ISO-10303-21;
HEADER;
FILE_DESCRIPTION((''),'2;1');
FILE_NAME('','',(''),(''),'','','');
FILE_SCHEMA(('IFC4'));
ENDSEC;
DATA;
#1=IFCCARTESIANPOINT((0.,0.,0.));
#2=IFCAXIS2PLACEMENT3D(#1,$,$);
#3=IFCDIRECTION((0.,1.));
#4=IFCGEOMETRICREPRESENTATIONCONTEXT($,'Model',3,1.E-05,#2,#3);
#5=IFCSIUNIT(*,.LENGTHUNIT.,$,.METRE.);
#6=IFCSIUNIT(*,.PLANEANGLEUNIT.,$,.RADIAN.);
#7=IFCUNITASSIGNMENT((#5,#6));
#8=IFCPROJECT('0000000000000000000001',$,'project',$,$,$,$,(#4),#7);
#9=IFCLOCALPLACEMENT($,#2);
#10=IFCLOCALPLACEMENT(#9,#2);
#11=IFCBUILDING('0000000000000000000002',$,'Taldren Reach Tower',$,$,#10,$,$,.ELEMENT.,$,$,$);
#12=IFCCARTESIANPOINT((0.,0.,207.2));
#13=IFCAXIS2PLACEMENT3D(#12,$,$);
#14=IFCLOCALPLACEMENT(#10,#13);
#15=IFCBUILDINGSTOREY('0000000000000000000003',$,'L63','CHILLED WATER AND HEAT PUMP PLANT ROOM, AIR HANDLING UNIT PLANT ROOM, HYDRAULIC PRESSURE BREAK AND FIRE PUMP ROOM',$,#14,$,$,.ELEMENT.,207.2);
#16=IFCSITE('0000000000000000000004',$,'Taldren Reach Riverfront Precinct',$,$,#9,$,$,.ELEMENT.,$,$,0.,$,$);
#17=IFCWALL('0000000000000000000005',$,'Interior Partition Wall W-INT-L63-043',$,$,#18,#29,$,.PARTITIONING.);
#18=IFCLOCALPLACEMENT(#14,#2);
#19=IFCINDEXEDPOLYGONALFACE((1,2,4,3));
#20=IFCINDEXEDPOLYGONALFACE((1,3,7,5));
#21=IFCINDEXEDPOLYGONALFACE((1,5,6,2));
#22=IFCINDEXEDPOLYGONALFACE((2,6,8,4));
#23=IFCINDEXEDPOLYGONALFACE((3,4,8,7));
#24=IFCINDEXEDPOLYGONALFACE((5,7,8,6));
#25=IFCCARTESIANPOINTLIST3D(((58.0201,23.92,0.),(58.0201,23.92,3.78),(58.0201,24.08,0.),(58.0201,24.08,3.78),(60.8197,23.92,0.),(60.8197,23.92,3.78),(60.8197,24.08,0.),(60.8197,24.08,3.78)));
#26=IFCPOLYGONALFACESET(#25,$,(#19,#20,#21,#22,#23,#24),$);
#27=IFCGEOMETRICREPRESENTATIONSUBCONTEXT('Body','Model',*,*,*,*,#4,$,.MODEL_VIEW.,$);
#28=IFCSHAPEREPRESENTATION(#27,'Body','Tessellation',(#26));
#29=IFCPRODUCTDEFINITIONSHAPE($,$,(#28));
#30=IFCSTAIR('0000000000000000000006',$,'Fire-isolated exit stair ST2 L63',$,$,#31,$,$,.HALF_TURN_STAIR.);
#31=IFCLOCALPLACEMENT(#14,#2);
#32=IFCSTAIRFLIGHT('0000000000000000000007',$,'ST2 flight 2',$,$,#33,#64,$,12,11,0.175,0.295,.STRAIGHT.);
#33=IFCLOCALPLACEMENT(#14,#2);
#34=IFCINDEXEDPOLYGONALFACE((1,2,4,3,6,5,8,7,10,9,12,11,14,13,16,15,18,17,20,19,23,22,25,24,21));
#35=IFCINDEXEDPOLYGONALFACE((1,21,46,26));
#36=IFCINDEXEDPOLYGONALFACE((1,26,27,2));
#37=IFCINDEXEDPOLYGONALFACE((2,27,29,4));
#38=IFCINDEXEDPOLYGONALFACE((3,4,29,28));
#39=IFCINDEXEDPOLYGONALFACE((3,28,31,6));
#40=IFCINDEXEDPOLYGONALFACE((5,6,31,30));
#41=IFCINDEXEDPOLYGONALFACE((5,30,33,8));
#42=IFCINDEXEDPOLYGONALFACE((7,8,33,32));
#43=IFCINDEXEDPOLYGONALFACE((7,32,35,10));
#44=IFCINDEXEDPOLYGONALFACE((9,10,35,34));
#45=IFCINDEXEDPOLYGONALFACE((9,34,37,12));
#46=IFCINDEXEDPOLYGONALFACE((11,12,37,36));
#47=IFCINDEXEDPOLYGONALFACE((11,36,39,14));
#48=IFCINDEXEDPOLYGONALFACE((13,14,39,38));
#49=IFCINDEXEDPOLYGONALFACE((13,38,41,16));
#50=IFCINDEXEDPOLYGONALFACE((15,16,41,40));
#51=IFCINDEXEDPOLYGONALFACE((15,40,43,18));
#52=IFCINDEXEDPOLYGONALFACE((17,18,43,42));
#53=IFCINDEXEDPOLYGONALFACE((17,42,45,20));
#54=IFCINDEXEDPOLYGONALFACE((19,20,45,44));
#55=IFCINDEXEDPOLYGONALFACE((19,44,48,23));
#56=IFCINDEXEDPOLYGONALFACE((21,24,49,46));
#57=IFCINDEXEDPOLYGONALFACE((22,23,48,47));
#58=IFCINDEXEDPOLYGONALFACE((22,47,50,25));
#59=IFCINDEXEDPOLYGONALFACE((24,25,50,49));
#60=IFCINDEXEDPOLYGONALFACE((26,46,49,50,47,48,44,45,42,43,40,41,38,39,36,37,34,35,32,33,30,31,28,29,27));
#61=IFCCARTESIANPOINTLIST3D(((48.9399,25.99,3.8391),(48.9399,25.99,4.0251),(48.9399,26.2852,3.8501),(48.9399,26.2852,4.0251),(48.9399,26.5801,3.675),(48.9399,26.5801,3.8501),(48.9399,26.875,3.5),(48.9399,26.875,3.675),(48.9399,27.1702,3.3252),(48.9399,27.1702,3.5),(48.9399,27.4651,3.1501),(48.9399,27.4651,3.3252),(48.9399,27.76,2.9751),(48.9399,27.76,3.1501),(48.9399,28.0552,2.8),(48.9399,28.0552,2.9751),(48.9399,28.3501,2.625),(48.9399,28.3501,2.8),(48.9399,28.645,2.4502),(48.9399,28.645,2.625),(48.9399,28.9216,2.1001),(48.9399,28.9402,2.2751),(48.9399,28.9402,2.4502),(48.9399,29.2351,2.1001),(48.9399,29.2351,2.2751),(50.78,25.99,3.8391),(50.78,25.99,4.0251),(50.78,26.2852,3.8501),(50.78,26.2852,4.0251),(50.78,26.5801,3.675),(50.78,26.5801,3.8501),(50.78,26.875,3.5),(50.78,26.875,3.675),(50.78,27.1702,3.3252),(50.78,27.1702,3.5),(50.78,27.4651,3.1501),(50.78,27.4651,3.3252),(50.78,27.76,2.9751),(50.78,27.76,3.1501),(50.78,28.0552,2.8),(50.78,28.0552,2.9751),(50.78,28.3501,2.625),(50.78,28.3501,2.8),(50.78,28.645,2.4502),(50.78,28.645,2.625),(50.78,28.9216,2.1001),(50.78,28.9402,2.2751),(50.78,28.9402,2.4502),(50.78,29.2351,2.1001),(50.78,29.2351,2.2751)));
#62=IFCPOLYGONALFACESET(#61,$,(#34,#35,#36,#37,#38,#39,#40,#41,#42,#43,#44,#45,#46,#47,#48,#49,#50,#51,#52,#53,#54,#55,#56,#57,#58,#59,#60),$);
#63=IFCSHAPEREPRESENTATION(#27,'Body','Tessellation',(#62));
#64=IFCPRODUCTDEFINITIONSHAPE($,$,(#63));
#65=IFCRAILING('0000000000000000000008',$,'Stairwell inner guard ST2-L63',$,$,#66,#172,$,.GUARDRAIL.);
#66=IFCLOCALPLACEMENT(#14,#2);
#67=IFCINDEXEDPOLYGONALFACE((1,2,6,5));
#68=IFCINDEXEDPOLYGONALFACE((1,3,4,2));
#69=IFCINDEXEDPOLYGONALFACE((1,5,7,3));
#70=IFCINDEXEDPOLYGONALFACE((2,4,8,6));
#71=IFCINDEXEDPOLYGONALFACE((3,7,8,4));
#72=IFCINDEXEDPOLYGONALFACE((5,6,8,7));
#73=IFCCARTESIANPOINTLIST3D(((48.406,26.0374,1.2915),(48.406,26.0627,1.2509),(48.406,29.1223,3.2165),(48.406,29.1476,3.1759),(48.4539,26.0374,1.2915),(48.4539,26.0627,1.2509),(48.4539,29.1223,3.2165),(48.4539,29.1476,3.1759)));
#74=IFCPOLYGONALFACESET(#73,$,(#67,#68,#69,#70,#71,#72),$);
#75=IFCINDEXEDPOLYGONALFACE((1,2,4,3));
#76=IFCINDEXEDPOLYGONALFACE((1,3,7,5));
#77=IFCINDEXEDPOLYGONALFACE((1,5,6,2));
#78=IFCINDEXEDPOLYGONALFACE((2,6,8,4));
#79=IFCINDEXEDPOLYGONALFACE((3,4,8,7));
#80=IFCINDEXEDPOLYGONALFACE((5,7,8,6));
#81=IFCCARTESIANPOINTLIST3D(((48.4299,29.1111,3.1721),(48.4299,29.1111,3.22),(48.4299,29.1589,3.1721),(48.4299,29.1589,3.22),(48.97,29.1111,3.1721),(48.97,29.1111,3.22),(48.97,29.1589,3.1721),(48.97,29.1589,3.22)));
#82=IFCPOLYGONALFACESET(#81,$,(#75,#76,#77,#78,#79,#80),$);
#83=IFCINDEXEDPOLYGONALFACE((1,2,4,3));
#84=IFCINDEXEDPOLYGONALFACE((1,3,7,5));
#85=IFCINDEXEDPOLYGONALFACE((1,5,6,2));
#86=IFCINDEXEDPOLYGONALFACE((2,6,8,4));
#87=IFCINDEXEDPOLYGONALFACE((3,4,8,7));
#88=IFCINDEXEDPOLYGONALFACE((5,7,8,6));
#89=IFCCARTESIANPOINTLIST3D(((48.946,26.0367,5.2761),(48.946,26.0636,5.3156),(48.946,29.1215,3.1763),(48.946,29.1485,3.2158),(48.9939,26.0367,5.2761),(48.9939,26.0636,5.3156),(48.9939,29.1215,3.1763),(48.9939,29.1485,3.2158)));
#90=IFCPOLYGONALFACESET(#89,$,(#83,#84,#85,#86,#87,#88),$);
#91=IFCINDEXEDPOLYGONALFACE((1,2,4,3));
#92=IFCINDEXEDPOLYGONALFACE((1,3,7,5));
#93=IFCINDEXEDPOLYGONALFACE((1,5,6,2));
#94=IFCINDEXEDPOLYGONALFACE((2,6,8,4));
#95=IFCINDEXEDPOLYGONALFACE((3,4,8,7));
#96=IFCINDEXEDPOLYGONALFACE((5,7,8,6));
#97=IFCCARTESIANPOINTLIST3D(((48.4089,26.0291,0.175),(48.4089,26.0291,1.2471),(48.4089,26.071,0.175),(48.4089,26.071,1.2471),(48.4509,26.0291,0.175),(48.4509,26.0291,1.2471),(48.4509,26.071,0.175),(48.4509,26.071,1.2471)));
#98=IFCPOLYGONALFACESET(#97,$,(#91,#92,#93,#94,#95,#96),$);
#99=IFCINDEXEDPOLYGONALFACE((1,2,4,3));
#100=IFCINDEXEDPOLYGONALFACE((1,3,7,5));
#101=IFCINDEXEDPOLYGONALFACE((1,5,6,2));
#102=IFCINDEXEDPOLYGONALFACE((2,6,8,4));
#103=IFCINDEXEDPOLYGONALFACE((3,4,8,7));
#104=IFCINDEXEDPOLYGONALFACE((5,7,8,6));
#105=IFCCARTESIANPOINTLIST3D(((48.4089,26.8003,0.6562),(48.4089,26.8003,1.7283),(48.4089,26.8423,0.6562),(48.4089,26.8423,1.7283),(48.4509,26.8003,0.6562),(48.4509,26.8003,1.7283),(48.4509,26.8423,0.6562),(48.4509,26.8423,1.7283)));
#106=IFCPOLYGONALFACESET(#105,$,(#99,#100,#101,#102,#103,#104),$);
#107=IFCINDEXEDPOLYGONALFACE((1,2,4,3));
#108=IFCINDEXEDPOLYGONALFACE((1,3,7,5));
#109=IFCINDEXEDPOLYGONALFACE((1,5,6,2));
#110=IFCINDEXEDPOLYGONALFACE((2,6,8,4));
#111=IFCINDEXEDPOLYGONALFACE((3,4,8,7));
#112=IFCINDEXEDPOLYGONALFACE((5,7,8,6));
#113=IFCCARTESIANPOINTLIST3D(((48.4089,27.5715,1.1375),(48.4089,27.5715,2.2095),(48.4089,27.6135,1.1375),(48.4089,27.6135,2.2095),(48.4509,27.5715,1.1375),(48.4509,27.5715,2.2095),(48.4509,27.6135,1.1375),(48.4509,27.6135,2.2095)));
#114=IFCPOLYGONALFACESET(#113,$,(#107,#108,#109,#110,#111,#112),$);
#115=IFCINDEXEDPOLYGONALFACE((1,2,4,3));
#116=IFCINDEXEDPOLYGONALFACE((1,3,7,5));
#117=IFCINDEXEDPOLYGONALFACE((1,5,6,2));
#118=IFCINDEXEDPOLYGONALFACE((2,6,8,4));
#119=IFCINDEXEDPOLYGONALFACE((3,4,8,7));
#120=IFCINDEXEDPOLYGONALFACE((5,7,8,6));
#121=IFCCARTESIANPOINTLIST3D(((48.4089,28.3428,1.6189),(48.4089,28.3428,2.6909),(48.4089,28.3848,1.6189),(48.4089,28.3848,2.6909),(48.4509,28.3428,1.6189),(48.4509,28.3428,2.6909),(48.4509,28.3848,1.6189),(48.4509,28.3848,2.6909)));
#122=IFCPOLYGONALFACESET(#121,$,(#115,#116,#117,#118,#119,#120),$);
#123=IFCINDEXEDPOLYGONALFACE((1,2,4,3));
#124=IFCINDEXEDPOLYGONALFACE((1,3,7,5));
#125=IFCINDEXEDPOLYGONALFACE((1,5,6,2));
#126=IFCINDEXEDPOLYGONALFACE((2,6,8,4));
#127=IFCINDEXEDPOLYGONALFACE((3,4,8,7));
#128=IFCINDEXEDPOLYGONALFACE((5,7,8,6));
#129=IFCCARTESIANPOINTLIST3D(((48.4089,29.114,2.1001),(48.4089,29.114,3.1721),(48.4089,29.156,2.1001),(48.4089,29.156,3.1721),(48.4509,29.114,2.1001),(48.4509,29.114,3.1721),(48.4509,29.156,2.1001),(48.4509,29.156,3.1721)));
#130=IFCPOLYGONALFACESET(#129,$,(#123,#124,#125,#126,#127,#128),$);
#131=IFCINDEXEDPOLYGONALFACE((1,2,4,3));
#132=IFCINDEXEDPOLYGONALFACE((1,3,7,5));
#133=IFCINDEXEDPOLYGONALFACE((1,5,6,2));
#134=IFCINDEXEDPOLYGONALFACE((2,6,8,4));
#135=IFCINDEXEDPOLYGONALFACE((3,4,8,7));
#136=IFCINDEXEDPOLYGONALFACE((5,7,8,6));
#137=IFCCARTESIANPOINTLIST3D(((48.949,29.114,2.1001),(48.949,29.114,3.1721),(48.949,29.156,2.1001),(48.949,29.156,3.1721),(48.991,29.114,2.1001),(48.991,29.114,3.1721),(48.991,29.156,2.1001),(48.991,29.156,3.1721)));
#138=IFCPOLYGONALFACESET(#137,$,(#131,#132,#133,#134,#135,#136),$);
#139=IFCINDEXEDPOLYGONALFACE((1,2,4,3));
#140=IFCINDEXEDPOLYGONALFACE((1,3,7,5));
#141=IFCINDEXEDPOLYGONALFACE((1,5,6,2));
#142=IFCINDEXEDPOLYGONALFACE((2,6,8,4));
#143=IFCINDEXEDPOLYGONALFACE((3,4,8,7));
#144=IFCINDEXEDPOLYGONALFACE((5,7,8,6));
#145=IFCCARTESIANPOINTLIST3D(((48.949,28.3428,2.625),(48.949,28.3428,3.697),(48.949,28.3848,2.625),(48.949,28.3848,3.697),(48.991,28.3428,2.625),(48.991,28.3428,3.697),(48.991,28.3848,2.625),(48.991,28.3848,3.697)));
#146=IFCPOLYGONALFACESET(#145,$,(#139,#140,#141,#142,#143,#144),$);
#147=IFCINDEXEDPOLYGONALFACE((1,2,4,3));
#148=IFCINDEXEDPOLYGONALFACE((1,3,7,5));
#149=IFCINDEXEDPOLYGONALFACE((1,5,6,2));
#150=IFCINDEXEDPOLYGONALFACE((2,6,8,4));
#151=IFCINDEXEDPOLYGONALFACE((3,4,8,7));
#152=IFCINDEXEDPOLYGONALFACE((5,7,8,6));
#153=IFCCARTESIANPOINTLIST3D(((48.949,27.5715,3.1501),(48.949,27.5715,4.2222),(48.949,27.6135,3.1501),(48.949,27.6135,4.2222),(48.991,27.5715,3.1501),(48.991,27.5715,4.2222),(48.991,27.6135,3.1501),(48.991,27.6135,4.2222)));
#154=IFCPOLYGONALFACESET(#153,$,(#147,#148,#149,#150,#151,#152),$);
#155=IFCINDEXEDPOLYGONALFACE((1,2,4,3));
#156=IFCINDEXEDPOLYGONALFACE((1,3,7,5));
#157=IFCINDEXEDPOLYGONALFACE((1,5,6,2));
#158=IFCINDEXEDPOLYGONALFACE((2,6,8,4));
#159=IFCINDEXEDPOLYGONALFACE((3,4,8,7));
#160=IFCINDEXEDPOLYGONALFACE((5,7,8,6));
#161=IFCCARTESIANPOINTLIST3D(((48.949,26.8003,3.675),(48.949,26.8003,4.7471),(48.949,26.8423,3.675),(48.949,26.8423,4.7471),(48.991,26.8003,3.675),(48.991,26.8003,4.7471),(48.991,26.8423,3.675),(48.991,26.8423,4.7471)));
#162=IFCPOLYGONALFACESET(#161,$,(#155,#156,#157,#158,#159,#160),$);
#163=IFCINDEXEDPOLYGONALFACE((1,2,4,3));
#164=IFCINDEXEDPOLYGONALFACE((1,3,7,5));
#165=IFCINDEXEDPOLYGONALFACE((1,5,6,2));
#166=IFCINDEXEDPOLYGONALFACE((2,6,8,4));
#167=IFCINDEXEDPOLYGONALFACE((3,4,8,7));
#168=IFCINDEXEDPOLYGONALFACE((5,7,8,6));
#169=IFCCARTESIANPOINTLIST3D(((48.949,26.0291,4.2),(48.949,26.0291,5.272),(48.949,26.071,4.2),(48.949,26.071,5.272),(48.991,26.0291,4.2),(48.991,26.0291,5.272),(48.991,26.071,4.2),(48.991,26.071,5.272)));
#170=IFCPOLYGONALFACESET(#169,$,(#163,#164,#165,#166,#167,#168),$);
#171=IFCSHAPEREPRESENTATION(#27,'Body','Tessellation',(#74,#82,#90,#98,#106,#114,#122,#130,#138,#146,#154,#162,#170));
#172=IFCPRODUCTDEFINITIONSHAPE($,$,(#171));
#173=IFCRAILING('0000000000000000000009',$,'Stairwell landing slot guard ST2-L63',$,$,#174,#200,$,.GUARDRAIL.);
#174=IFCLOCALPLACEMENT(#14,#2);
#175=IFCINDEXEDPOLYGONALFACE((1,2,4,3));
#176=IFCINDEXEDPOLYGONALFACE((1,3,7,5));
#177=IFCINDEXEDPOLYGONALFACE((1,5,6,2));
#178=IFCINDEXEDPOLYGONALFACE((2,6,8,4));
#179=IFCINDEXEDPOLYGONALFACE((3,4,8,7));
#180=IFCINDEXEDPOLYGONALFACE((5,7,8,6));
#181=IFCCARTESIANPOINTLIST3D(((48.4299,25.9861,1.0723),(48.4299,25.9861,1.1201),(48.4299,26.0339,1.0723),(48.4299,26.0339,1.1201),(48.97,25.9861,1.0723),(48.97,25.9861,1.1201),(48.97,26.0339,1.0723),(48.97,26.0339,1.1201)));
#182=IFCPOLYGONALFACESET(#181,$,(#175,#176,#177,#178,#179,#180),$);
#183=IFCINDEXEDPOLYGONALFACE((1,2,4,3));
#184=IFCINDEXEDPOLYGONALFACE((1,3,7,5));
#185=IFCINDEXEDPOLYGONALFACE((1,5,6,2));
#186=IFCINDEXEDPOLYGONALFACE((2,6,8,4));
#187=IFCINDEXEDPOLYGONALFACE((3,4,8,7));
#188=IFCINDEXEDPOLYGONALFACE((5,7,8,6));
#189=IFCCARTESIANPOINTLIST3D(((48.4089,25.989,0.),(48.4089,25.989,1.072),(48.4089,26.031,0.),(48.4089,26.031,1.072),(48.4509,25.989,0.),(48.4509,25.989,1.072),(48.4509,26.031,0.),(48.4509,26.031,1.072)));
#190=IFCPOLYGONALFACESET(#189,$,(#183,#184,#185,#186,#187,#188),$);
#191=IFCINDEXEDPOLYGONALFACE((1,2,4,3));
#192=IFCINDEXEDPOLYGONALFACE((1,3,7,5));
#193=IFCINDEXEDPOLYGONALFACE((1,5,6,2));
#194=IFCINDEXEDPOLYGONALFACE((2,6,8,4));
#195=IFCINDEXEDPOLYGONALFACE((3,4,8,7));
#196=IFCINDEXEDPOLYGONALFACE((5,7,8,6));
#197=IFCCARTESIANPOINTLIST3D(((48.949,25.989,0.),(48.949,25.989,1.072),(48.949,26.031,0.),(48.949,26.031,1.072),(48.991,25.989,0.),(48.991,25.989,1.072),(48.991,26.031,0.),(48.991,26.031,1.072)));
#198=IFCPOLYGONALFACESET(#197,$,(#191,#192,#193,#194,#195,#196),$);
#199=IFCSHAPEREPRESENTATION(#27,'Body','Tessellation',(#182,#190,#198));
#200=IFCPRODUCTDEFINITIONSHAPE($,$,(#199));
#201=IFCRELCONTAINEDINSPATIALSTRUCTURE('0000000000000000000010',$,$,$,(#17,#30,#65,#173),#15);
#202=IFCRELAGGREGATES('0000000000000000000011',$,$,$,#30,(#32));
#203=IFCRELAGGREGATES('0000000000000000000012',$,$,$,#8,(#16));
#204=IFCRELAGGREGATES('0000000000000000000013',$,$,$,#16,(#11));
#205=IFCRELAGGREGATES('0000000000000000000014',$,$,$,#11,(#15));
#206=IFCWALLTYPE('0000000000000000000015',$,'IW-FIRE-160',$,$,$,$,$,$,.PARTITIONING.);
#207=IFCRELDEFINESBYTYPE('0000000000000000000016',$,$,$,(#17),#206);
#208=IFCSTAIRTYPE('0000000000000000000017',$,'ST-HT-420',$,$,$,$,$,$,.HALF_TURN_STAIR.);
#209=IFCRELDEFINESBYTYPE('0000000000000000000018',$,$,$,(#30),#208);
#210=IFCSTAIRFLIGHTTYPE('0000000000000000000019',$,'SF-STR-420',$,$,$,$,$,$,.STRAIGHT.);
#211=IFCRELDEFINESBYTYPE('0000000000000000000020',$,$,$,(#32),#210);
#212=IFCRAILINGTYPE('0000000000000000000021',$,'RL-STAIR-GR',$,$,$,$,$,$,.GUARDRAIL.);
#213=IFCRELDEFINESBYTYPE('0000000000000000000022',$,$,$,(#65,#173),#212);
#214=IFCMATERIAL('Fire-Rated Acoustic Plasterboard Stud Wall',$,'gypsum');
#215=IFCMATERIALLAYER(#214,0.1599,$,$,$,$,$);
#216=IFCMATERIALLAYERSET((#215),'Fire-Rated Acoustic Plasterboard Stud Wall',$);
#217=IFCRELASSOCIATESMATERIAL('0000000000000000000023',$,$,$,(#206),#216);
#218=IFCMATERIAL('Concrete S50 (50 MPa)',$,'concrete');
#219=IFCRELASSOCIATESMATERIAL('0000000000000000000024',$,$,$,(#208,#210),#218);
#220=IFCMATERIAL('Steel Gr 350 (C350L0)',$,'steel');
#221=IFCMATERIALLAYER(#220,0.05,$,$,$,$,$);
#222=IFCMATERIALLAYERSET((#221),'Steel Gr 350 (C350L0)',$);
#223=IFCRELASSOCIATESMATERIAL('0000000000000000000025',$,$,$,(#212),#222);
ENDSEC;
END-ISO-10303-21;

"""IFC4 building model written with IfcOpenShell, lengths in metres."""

from ifc_helpers import new_model, si_unit, direction, frame, frame_2d, origin, origin_2d, place, context, subcontext, project, spatial, polyline, rectangle, outline, extrude, source, transform, mapped, material, layer, layer_set, type_object, element, aggregate, save


model = new_model("IFC4")

# Units and contexts
model_context = context("Model", 3, precision=1e-05, world=origin(), true_north=direction((0.0, 1.0)))
body_context = subcontext(model_context, "Body", "Model", "MODEL_VIEW")
ifc_project = project(units=[si_unit("LENGTHUNIT", "METRE"), si_unit("PLANEANGLEUNIT", "RADIAN")], contexts=[model_context])

# Site, building, storey
site_placement = place(None, origin())
site = spatial("IfcSite", under=ifc_project, at=site_placement, Name="Taldren Reach Riverfront Precinct", CompositionType="ELEMENT", RefElevation=0.0)
building_placement = place(site_placement, origin())
building = spatial("IfcBuilding", under=site, at=building_placement, Name="Taldren Reach Tower", CompositionType="ELEMENT")
storey_placement = place(building_placement, frame((0.0, 0.0, 207.2)))
storey = spatial("IfcBuildingStorey", under=building, at=storey_placement, Name="L63", Description="CHILLED WATER AND HEAT PUMP PLANT ROOM, AIR HANDLING UNIT PLANT ROOM, HYDRAULIC PRESSURE BREAK AND FIRE PUMP ROOM", CompositionType="ELEMENT", Elevation=207.2)

# Shared definitions
ifc_material_1 = material(Name="Steel Gr 350 (C350L0)", Category="steel")

# Shared definitions
ifc_material_2 = material(Name="Fire-Rated Acoustic Plasterboard Stud Wall", Category="gypsum")
ifc_layer_1 = layer(ifc_material_2, 0.1599)
ifc_layer_set_1 = layer_set([ifc_layer_1], Name="Fire-Rated Acoustic Plasterboard Stud Wall")
wall_type_1 = type_object("IfcWallType", Name="IW-FIRE-160", PredefinedType="PARTITIONING", material=ifc_layer_set_1)

# Wall
shared_shape_1 = source(origin(), body_context, "Body", "SweptSolid", [
    extrude(rectangle(XDim=2.7996, YDim=0.1599, at=frame_2d((1.3999, 0.0))), origin(), (0.0, 0.0, 1.0), 3.78),
])
wall_1_placement = place(storey_placement, frame((60.8198, 24.0, 0.0), z_axis=(0.0, 0.0, 1.0), x_axis=(-1.0, 0.0, 0.0)))
element("IfcWall", 1, at=wall_1_placement, inside=storey, type_object=wall_type_1, Name="Interior Partition Wall W-INT-L63-043", PredefinedType="PARTITIONING", context=body_context, shape_type="MappedRepresentation", body=[
    mapped(shared_shape_1, transform((0.0, 0.0, 0.0), scale=1.0)),
])

# Stair, stair flight
ifc_material_3 = material(Name="Concrete S50 (50 MPa)", Category="concrete")
stair_type = type_object("IfcStairType", Name="ST-HT-420", PredefinedType="HALF_TURN_STAIR", material=ifc_material_3)
stair_placement = place(storey_placement, origin())
stair = element("IfcStair", 2, at=stair_placement, inside=storey, type_object=stair_type, Name="Fire-isolated exit stair ST2 L63", PredefinedType="HALF_TURN_STAIR")
stair_flight_type = type_object("IfcStairFlightType", Name="SF-STR-420", PredefinedType="STRAIGHT", material=ifc_material_3)
stair_flight_placement = place(storey_placement, frame((49.8601, 29.2351, 2.1001), z_axis=(0.0, 0.0, 1.0), x_axis=(0.0, -1.0, 0.0)))
stair_flight = element("IfcStairFlight", 3, at=stair_flight_placement, type_object=stair_flight_type, Name="ST2 flight 2", NumberOfRisers=12, NumberOfTreads=11, PredefinedType="STRAIGHT", RiserHeight=0.175, TreadLength=0.295, context=body_context, shape_type="SweptSolid", body=[
    extrude(outline(polyline([(0.0, 0.0), (0.0, 0.175), (0.2949, 0.175), (0.2949, 0.3501), (0.5901, 0.3501), (0.5901, 0.5249), (0.885, 0.5249), (0.885, 0.7), (1.1799, 0.7), (1.1799, 0.875), (1.4751, 0.875), (1.4751, 1.05), (1.77, 1.05), (1.77, 1.2251), (2.0649, 1.2251), (2.0649, 1.3999), (2.3601, 1.3999), (2.3601, 1.575), (2.655, 1.575), (2.655, 1.75), (2.95, 1.75), (2.95, 1.925), (3.2451, 1.925), (3.2451, 2.1001), (3.2451, 1.739), (0.3135, 0.0), (0.0, 0.0)])), frame((0.0, 0.9199, 0.0), z_axis=(0.0, -1.0, 0.0), x_axis=(1.0, 0.0, 0.0)), (0.0, 0.0, 1.0), 1.8401),
])
aggregate(stair, [stair_flight])

# Railings
ifc_layer_2 = layer(ifc_material_1, 0.05)
ifc_layer_set_2 = layer_set([ifc_layer_2], Name="Steel Gr 350 (C350L0)")
railing_type_1 = type_object("IfcRailingType", Name="RL-STAIR-GR", PredefinedType="GUARDRAIL", material=ifc_layer_set_2)
railing_1_placement = place(storey_placement, frame((48.4299, 26.05, 0.175)))
element("IfcRailing", 4, at=railing_1_placement, inside=storey, type_object=railing_type_1, Name="Stairwell inner guard ST2-L63", PredefinedType="GUARDRAIL", context=body_context, shape_type="SweptSolid", body=[
    extrude(rectangle(XDim=0.0479, YDim=0.0479, at=origin_2d()), frame((0.0, 0.0, 1.0962), z_axis=(0.0, 0.848375, 0.529395), x_axis=(-1.0, 0.0, 0.0)), (0.0, 0.0, 1.0), 3.6362),
    extrude(rectangle(XDim=0.0479, YDim=0.0479, at=origin_2d()), frame((0.0, 3.085, 3.021), z_axis=(1.0, 0.0, 0.0), x_axis=(0.0, 1.0, 0.0)), (0.0, 0.0, 1.0), 0.54),
    extrude(rectangle(XDim=0.0479, YDim=0.0479, at=origin_2d()), frame((0.54, 3.085, 3.021), z_axis=(0.0, -0.826667, 0.562691), x_axis=(1.0, 0.0, 0.0)), (0.0, 0.0, 1.0), 3.7317),
    extrude(rectangle(XDim=0.042, YDim=0.042, at=origin_2d()), origin(), (0.0, 0.0, 1.0), 1.072),
    extrude(rectangle(XDim=0.042, YDim=0.042, at=origin_2d()), frame((0.0, 0.7712, 0.4812)), (0.0, 0.0, 1.0), 1.072),
    extrude(rectangle(XDim=0.042, YDim=0.042, at=origin_2d()), frame((0.0, 1.5425, 0.9624)), (0.0, 0.0, 1.0), 1.072),
    extrude(rectangle(XDim=0.042, YDim=0.042, at=origin_2d()), frame((0.0, 2.3137, 1.4438)), (0.0, 0.0, 1.0), 1.072),
    extrude(rectangle(XDim=0.042, YDim=0.042, at=origin_2d()), frame((0.0, 3.085, 1.925)), (0.0, 0.0, 1.0), 1.072),
    extrude(rectangle(XDim=0.042, YDim=0.042, at=origin_2d()), frame((0.54, 3.085, 1.925)), (0.0, 0.0, 1.0), 1.072),
    extrude(rectangle(XDim=0.042, YDim=0.042, at=origin_2d()), frame((0.54, 2.3137, 2.45)), (0.0, 0.0, 1.0), 1.072),
    extrude(rectangle(XDim=0.042, YDim=0.042, at=origin_2d()), frame((0.54, 1.5425, 2.9751)), (0.0, 0.0, 1.0), 1.072),
    extrude(rectangle(XDim=0.042, YDim=0.042, at=origin_2d()), frame((0.54, 0.7712, 3.5)), (0.0, 0.0, 1.0), 1.072),
    extrude(rectangle(XDim=0.042, YDim=0.042, at=origin_2d()), frame((0.54, 0.0, 4.0249)), (0.0, 0.0, 1.0), 1.072),
])
railing_2_placement = place(storey_placement, frame((48.4299, 26.01, 0.0)))
element("IfcRailing", 5, at=railing_2_placement, inside=storey, type_object=railing_type_1, Name="Stairwell landing slot guard ST2-L63", PredefinedType="GUARDRAIL", context=body_context, shape_type="SweptSolid", body=[
    extrude(rectangle(XDim=0.0479, YDim=0.0479, at=origin_2d()), frame((0.0, 0.0, 1.0962), z_axis=(1.0, 0.0, 0.0), x_axis=(0.0, 1.0, 0.0)), (0.0, 0.0, 1.0), 0.54),
    extrude(rectangle(XDim=0.042, YDim=0.042, at=origin_2d()), origin(), (0.0, 0.0, 1.0), 1.072),
    extrude(rectangle(XDim=0.042, YDim=0.042, at=origin_2d()), frame((0.54, 0.0, 0.0)), (0.0, 0.0, 1.0), 1.072),
])

save(model, "model.ifc")
